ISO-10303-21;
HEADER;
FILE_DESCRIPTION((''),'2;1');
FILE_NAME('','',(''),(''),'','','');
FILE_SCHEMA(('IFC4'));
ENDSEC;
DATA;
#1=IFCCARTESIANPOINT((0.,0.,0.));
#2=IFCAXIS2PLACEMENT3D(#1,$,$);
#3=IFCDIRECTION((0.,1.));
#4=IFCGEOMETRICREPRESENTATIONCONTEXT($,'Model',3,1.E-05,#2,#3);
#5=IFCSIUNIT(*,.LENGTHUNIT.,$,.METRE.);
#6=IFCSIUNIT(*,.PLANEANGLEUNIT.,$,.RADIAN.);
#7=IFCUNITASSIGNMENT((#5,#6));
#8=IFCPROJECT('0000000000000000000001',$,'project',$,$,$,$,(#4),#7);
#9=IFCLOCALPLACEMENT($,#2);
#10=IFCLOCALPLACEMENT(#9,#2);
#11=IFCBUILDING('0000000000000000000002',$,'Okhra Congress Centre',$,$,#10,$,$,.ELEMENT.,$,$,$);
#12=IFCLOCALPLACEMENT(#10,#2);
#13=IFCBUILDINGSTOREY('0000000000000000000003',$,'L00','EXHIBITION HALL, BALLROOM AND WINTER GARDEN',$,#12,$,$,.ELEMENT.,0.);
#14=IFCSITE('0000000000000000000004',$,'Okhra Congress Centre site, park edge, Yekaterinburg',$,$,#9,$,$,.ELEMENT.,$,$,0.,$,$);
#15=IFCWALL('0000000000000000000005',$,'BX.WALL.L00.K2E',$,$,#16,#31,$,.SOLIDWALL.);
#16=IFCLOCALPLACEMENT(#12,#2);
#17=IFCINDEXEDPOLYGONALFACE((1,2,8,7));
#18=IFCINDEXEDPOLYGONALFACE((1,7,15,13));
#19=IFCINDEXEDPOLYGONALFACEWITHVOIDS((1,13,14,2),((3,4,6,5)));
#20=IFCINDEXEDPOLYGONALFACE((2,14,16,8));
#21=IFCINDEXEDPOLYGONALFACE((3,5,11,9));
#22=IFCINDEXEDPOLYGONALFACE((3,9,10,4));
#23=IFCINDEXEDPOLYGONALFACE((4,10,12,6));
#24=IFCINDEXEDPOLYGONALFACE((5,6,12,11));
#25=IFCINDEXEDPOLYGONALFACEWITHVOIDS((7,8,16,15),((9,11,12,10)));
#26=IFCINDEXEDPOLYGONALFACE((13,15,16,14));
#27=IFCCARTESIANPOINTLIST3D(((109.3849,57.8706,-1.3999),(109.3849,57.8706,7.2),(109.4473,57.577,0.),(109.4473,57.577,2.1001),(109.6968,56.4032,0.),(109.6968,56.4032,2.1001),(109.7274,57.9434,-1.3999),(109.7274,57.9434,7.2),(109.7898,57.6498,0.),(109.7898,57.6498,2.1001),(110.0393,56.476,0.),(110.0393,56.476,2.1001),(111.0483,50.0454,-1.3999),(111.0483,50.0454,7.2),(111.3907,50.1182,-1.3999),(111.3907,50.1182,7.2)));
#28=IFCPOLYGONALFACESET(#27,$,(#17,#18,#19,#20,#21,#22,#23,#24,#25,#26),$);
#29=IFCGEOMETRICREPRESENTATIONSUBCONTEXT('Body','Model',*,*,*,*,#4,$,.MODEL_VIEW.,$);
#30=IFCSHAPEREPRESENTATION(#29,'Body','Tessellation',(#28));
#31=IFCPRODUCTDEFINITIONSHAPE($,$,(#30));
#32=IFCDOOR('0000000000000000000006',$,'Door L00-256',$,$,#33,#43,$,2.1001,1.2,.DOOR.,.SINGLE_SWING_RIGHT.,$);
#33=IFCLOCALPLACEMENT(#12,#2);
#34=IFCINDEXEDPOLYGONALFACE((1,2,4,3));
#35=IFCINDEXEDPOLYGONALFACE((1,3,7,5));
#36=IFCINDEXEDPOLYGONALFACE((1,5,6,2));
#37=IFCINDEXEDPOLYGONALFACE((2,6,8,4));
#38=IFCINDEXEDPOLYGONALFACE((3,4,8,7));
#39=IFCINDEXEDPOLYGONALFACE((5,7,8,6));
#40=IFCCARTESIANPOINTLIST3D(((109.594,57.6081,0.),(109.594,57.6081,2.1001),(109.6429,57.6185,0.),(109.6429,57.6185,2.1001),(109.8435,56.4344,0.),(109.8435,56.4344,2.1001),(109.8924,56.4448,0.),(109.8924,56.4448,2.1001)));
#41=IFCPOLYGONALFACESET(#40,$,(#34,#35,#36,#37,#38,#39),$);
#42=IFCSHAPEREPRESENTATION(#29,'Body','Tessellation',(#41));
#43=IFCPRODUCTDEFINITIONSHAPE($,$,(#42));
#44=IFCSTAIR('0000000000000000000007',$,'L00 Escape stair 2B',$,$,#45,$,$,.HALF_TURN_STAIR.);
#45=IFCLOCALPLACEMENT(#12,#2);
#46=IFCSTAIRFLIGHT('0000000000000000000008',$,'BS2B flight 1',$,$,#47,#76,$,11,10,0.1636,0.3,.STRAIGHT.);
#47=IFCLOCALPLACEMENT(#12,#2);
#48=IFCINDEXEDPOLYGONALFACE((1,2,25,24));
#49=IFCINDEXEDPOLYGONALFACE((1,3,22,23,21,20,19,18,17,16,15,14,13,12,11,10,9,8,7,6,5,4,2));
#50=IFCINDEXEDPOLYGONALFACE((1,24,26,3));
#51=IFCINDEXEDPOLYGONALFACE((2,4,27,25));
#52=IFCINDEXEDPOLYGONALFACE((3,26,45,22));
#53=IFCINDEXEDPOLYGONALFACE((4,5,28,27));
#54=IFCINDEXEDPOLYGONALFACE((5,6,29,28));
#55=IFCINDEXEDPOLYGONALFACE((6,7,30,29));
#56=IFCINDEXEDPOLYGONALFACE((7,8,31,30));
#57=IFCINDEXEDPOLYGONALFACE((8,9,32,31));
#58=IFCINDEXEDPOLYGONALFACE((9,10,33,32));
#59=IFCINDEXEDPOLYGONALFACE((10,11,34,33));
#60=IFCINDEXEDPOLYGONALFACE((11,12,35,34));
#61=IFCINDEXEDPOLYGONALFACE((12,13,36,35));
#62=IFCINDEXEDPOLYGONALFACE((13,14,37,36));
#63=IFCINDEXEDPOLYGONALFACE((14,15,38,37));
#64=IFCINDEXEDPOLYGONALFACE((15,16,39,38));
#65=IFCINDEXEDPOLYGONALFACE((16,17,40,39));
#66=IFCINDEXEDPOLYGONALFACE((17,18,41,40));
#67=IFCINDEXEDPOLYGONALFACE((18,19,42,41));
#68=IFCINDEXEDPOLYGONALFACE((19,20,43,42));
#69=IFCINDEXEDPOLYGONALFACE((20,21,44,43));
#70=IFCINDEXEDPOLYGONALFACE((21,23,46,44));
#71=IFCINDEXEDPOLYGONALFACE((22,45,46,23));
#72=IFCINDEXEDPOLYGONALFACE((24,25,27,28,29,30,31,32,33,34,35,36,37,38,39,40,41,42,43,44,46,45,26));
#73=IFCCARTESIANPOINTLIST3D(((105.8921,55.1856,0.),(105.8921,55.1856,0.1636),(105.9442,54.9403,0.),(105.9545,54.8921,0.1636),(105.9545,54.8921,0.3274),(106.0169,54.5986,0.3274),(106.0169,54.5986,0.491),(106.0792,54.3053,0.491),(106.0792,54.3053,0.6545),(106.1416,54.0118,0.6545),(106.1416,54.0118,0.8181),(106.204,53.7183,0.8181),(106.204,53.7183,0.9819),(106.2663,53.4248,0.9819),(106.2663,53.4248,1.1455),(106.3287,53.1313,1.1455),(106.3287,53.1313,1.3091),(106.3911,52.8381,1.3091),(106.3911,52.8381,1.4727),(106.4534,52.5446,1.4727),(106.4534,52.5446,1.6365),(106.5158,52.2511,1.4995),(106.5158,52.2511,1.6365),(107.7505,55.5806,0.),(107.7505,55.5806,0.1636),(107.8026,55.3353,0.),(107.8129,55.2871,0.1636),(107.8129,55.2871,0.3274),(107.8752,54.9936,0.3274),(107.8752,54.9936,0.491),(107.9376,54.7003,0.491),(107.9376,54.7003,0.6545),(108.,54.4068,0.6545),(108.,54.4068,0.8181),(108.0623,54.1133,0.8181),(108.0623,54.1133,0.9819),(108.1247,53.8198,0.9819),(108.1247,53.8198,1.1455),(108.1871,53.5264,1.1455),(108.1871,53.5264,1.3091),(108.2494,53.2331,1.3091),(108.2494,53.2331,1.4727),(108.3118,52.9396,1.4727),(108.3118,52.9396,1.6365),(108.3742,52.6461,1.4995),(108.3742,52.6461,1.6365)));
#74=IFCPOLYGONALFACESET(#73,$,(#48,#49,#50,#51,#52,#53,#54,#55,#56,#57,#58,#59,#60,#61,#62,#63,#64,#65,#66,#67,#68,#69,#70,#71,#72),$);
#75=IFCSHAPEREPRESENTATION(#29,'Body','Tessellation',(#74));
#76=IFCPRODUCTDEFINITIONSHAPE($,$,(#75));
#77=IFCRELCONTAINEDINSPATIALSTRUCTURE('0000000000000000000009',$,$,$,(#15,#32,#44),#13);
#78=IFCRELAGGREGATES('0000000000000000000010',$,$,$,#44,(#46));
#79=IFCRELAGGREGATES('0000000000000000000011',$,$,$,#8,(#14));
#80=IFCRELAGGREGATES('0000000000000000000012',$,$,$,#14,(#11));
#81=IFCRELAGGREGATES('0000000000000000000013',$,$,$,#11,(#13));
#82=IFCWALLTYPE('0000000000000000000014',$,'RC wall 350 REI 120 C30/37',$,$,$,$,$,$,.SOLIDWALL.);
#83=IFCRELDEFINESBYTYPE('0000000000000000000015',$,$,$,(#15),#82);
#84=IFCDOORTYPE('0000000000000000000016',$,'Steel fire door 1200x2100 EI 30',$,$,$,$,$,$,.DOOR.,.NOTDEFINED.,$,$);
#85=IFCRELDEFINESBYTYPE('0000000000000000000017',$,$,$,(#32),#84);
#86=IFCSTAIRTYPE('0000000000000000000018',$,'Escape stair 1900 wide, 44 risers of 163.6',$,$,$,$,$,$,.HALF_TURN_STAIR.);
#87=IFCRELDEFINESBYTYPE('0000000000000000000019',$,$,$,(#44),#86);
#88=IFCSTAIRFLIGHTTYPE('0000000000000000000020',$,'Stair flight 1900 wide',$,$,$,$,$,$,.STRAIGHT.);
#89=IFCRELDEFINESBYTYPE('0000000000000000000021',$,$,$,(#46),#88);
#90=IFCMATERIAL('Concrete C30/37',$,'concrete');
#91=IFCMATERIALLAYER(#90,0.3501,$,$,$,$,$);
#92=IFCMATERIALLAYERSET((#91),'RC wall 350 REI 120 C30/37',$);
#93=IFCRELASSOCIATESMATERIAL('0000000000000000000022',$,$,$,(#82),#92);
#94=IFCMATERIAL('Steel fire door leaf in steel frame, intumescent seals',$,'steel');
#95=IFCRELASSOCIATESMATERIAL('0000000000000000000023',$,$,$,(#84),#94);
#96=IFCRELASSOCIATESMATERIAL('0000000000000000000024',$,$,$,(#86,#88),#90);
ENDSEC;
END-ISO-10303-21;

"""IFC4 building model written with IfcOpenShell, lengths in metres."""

from ifc_helpers import new_model, si_unit, direction, frame, frame_2d, origin, place, context, subcontext, project, spatial, polyline, rectangle, outline, extrude, material, layer, layer_set, type_object, element, fill, aggregate, save


model = new_model("IFC4")

# Units and contexts
model_context = context("Model", 3, precision=1e-05, world=origin(), true_north=direction((0.0, 1.0)))
body_context = subcontext(model_context, "Body", "Model", "MODEL_VIEW")
ifc_project = project(units=[si_unit("LENGTHUNIT", "METRE"), si_unit("PLANEANGLEUNIT", "RADIAN")], contexts=[model_context])

# Site, building, storey
site_placement = place(None, origin())
site = spatial("IfcSite", under=ifc_project, at=site_placement, Name="Okhra Congress Centre site, park edge, Yekaterinburg", CompositionType="ELEMENT", RefElevation=0.0)
building_placement = place(site_placement, origin())
building = spatial("IfcBuilding", under=site, at=building_placement, Name="Okhra Congress Centre", CompositionType="ELEMENT")
storey_placement = place(building_placement, origin())
storey = spatial("IfcBuildingStorey", under=building, at=storey_placement, Name="L00", Description="EXHIBITION HALL, BALLROOM AND WINTER GARDEN", CompositionType="ELEMENT", Elevation=0.0)

# Shared definitions
ifc_material_1 = material(Name="Concrete C30/37", Category="concrete")

# Wall, opening, door
ifc_layer_1 = layer(ifc_material_1, 0.3501)
ifc_layer_set_1 = layer_set([ifc_layer_1], Name="RC wall 350 REI 120 C30/37")
wall_type_1 = type_object("IfcWallType", Name="RC wall 350 REI 120 C30/37", PredefinedType="SOLIDWALL", material=ifc_layer_set_1)
wall_1_placement = place(storey_placement, frame((109.5562, 57.907, -1.3999), z_axis=(0.0, 0.0, 1.0), x_axis=(0.207916, -0.978147, 0.0)))
wall_1 = element("IfcWall", 1, at=wall_1_placement, inside=storey, type_object=wall_type_1, Name="BX.WALL.L00.K2E", PredefinedType="SOLIDWALL", context=body_context, shape_type="SweptSolid", body=[
    extrude(rectangle(XDim=8.0, YDim=0.3501, at=frame_2d((4.0, 0.0))), origin(), (0.0, 0.0, 1.0), 8.5999),
])
opening_placement = place(wall_1_placement, frame((0.3, 0.0, 1.3999)))
opening = element("IfcOpeningElement", 2, at=opening_placement, cuts=wall_1, PredefinedType="OPENING", context=body_context, shape_type="SweptSolid", body=[
    extrude(rectangle(XDim=1.2, YDim=2.1001, at=frame_2d((0.6001, 1.05))), frame((0.0, 0.1851, 0.0), z_axis=(0.0, -1.0, 0.0), x_axis=(1.0, 0.0, 0.0)), (0.0, 0.0, 1.0), 0.3701),
])
ifc_material_2 = material(Name="Steel fire door leaf in steel frame, intumescent seals", Category="steel")
door_type = type_object("IfcDoorType", Name="Steel fire door 1200x2100 EI 30", OperationType="NOTDEFINED", PredefinedType="DOOR", material=ifc_material_2)
door_placement = place(opening_placement, origin())
door = element("IfcDoor", 3, at=door_placement, inside=storey, type_object=door_type, Name="Door L00-256", OperationType="SINGLE_SWING_RIGHT", OverallHeight=2.1001, OverallWidth=1.2, PredefinedType="DOOR", context=body_context, shape_type="SweptSolid", body=[
    extrude(rectangle(XDim=1.2, YDim=2.1001, at=frame_2d((0.6001, 1.05))), frame((0.0, 0.0249, 0.0), z_axis=(0.0, -1.0, 0.0), x_axis=(1.0, 0.0, 0.0)), (0.0, 0.0, 1.0), 0.05),
])
fill(opening, door)

# Stair, stair flight
stair_type = type_object("IfcStairType", Name="Escape stair 1900 wide, 44 risers of 163.6", PredefinedType="HALF_TURN_STAIR", material=ifc_material_1)
stair_placement = place(storey_placement, origin())
stair = element("IfcStair", 4, at=stair_placement, inside=storey, type_object=stair_type, Name="L00 Escape stair 2B", PredefinedType="HALF_TURN_STAIR")
stair_flight_type = type_object("IfcStairFlightType", Name="Stair flight 1900 wide", PredefinedType="STRAIGHT", material=ifc_material_1)
stair_flight_placement = place(storey_placement, frame((106.8213, 55.3831, 0.0), z_axis=(0.0, 0.0, 1.0), x_axis=(0.207912, -0.978148, 0.0)))
stair_flight = element("IfcStairFlight", 5, at=stair_flight_placement, type_object=stair_flight_type, Name="BS2B flight 1", NumberOfRisers=11, NumberOfTreads=10, PredefinedType="STRAIGHT", RiserHeight=0.1636, TreadLength=0.3, context=body_context, shape_type="SweptSolid", body=[
    extrude(outline(polyline([(0.0, 0.0), (0.0, 0.1636), (0.3, 0.1636), (0.3, 0.3274), (0.6001, 0.3274), (0.6001, 0.491), (0.8999, 0.491), (0.8999, 0.6545), (1.2, 0.6545), (1.2, 0.8181), (1.5, 0.8181), (1.5, 0.9819), (1.8, 0.9819), (1.8, 1.1455), (2.1001, 1.1455), (2.1001, 1.3091), (2.3999, 1.3091), (2.3999, 1.4727), (2.7, 1.4727), (2.7, 1.6365), (3.0, 1.6365), (3.0, 1.8), (3.0, 1.4995), (0.2507, 0.0), (0.0, 0.0)])), frame((0.0, 0.95, 0.0), z_axis=(0.0, -1.0, 0.0), x_axis=(1.0, 0.0, 0.0)), (0.0, 0.0, 1.0), 1.8999),
])
aggregate(stair, [stair_flight])

save(model, "model.ifc")
